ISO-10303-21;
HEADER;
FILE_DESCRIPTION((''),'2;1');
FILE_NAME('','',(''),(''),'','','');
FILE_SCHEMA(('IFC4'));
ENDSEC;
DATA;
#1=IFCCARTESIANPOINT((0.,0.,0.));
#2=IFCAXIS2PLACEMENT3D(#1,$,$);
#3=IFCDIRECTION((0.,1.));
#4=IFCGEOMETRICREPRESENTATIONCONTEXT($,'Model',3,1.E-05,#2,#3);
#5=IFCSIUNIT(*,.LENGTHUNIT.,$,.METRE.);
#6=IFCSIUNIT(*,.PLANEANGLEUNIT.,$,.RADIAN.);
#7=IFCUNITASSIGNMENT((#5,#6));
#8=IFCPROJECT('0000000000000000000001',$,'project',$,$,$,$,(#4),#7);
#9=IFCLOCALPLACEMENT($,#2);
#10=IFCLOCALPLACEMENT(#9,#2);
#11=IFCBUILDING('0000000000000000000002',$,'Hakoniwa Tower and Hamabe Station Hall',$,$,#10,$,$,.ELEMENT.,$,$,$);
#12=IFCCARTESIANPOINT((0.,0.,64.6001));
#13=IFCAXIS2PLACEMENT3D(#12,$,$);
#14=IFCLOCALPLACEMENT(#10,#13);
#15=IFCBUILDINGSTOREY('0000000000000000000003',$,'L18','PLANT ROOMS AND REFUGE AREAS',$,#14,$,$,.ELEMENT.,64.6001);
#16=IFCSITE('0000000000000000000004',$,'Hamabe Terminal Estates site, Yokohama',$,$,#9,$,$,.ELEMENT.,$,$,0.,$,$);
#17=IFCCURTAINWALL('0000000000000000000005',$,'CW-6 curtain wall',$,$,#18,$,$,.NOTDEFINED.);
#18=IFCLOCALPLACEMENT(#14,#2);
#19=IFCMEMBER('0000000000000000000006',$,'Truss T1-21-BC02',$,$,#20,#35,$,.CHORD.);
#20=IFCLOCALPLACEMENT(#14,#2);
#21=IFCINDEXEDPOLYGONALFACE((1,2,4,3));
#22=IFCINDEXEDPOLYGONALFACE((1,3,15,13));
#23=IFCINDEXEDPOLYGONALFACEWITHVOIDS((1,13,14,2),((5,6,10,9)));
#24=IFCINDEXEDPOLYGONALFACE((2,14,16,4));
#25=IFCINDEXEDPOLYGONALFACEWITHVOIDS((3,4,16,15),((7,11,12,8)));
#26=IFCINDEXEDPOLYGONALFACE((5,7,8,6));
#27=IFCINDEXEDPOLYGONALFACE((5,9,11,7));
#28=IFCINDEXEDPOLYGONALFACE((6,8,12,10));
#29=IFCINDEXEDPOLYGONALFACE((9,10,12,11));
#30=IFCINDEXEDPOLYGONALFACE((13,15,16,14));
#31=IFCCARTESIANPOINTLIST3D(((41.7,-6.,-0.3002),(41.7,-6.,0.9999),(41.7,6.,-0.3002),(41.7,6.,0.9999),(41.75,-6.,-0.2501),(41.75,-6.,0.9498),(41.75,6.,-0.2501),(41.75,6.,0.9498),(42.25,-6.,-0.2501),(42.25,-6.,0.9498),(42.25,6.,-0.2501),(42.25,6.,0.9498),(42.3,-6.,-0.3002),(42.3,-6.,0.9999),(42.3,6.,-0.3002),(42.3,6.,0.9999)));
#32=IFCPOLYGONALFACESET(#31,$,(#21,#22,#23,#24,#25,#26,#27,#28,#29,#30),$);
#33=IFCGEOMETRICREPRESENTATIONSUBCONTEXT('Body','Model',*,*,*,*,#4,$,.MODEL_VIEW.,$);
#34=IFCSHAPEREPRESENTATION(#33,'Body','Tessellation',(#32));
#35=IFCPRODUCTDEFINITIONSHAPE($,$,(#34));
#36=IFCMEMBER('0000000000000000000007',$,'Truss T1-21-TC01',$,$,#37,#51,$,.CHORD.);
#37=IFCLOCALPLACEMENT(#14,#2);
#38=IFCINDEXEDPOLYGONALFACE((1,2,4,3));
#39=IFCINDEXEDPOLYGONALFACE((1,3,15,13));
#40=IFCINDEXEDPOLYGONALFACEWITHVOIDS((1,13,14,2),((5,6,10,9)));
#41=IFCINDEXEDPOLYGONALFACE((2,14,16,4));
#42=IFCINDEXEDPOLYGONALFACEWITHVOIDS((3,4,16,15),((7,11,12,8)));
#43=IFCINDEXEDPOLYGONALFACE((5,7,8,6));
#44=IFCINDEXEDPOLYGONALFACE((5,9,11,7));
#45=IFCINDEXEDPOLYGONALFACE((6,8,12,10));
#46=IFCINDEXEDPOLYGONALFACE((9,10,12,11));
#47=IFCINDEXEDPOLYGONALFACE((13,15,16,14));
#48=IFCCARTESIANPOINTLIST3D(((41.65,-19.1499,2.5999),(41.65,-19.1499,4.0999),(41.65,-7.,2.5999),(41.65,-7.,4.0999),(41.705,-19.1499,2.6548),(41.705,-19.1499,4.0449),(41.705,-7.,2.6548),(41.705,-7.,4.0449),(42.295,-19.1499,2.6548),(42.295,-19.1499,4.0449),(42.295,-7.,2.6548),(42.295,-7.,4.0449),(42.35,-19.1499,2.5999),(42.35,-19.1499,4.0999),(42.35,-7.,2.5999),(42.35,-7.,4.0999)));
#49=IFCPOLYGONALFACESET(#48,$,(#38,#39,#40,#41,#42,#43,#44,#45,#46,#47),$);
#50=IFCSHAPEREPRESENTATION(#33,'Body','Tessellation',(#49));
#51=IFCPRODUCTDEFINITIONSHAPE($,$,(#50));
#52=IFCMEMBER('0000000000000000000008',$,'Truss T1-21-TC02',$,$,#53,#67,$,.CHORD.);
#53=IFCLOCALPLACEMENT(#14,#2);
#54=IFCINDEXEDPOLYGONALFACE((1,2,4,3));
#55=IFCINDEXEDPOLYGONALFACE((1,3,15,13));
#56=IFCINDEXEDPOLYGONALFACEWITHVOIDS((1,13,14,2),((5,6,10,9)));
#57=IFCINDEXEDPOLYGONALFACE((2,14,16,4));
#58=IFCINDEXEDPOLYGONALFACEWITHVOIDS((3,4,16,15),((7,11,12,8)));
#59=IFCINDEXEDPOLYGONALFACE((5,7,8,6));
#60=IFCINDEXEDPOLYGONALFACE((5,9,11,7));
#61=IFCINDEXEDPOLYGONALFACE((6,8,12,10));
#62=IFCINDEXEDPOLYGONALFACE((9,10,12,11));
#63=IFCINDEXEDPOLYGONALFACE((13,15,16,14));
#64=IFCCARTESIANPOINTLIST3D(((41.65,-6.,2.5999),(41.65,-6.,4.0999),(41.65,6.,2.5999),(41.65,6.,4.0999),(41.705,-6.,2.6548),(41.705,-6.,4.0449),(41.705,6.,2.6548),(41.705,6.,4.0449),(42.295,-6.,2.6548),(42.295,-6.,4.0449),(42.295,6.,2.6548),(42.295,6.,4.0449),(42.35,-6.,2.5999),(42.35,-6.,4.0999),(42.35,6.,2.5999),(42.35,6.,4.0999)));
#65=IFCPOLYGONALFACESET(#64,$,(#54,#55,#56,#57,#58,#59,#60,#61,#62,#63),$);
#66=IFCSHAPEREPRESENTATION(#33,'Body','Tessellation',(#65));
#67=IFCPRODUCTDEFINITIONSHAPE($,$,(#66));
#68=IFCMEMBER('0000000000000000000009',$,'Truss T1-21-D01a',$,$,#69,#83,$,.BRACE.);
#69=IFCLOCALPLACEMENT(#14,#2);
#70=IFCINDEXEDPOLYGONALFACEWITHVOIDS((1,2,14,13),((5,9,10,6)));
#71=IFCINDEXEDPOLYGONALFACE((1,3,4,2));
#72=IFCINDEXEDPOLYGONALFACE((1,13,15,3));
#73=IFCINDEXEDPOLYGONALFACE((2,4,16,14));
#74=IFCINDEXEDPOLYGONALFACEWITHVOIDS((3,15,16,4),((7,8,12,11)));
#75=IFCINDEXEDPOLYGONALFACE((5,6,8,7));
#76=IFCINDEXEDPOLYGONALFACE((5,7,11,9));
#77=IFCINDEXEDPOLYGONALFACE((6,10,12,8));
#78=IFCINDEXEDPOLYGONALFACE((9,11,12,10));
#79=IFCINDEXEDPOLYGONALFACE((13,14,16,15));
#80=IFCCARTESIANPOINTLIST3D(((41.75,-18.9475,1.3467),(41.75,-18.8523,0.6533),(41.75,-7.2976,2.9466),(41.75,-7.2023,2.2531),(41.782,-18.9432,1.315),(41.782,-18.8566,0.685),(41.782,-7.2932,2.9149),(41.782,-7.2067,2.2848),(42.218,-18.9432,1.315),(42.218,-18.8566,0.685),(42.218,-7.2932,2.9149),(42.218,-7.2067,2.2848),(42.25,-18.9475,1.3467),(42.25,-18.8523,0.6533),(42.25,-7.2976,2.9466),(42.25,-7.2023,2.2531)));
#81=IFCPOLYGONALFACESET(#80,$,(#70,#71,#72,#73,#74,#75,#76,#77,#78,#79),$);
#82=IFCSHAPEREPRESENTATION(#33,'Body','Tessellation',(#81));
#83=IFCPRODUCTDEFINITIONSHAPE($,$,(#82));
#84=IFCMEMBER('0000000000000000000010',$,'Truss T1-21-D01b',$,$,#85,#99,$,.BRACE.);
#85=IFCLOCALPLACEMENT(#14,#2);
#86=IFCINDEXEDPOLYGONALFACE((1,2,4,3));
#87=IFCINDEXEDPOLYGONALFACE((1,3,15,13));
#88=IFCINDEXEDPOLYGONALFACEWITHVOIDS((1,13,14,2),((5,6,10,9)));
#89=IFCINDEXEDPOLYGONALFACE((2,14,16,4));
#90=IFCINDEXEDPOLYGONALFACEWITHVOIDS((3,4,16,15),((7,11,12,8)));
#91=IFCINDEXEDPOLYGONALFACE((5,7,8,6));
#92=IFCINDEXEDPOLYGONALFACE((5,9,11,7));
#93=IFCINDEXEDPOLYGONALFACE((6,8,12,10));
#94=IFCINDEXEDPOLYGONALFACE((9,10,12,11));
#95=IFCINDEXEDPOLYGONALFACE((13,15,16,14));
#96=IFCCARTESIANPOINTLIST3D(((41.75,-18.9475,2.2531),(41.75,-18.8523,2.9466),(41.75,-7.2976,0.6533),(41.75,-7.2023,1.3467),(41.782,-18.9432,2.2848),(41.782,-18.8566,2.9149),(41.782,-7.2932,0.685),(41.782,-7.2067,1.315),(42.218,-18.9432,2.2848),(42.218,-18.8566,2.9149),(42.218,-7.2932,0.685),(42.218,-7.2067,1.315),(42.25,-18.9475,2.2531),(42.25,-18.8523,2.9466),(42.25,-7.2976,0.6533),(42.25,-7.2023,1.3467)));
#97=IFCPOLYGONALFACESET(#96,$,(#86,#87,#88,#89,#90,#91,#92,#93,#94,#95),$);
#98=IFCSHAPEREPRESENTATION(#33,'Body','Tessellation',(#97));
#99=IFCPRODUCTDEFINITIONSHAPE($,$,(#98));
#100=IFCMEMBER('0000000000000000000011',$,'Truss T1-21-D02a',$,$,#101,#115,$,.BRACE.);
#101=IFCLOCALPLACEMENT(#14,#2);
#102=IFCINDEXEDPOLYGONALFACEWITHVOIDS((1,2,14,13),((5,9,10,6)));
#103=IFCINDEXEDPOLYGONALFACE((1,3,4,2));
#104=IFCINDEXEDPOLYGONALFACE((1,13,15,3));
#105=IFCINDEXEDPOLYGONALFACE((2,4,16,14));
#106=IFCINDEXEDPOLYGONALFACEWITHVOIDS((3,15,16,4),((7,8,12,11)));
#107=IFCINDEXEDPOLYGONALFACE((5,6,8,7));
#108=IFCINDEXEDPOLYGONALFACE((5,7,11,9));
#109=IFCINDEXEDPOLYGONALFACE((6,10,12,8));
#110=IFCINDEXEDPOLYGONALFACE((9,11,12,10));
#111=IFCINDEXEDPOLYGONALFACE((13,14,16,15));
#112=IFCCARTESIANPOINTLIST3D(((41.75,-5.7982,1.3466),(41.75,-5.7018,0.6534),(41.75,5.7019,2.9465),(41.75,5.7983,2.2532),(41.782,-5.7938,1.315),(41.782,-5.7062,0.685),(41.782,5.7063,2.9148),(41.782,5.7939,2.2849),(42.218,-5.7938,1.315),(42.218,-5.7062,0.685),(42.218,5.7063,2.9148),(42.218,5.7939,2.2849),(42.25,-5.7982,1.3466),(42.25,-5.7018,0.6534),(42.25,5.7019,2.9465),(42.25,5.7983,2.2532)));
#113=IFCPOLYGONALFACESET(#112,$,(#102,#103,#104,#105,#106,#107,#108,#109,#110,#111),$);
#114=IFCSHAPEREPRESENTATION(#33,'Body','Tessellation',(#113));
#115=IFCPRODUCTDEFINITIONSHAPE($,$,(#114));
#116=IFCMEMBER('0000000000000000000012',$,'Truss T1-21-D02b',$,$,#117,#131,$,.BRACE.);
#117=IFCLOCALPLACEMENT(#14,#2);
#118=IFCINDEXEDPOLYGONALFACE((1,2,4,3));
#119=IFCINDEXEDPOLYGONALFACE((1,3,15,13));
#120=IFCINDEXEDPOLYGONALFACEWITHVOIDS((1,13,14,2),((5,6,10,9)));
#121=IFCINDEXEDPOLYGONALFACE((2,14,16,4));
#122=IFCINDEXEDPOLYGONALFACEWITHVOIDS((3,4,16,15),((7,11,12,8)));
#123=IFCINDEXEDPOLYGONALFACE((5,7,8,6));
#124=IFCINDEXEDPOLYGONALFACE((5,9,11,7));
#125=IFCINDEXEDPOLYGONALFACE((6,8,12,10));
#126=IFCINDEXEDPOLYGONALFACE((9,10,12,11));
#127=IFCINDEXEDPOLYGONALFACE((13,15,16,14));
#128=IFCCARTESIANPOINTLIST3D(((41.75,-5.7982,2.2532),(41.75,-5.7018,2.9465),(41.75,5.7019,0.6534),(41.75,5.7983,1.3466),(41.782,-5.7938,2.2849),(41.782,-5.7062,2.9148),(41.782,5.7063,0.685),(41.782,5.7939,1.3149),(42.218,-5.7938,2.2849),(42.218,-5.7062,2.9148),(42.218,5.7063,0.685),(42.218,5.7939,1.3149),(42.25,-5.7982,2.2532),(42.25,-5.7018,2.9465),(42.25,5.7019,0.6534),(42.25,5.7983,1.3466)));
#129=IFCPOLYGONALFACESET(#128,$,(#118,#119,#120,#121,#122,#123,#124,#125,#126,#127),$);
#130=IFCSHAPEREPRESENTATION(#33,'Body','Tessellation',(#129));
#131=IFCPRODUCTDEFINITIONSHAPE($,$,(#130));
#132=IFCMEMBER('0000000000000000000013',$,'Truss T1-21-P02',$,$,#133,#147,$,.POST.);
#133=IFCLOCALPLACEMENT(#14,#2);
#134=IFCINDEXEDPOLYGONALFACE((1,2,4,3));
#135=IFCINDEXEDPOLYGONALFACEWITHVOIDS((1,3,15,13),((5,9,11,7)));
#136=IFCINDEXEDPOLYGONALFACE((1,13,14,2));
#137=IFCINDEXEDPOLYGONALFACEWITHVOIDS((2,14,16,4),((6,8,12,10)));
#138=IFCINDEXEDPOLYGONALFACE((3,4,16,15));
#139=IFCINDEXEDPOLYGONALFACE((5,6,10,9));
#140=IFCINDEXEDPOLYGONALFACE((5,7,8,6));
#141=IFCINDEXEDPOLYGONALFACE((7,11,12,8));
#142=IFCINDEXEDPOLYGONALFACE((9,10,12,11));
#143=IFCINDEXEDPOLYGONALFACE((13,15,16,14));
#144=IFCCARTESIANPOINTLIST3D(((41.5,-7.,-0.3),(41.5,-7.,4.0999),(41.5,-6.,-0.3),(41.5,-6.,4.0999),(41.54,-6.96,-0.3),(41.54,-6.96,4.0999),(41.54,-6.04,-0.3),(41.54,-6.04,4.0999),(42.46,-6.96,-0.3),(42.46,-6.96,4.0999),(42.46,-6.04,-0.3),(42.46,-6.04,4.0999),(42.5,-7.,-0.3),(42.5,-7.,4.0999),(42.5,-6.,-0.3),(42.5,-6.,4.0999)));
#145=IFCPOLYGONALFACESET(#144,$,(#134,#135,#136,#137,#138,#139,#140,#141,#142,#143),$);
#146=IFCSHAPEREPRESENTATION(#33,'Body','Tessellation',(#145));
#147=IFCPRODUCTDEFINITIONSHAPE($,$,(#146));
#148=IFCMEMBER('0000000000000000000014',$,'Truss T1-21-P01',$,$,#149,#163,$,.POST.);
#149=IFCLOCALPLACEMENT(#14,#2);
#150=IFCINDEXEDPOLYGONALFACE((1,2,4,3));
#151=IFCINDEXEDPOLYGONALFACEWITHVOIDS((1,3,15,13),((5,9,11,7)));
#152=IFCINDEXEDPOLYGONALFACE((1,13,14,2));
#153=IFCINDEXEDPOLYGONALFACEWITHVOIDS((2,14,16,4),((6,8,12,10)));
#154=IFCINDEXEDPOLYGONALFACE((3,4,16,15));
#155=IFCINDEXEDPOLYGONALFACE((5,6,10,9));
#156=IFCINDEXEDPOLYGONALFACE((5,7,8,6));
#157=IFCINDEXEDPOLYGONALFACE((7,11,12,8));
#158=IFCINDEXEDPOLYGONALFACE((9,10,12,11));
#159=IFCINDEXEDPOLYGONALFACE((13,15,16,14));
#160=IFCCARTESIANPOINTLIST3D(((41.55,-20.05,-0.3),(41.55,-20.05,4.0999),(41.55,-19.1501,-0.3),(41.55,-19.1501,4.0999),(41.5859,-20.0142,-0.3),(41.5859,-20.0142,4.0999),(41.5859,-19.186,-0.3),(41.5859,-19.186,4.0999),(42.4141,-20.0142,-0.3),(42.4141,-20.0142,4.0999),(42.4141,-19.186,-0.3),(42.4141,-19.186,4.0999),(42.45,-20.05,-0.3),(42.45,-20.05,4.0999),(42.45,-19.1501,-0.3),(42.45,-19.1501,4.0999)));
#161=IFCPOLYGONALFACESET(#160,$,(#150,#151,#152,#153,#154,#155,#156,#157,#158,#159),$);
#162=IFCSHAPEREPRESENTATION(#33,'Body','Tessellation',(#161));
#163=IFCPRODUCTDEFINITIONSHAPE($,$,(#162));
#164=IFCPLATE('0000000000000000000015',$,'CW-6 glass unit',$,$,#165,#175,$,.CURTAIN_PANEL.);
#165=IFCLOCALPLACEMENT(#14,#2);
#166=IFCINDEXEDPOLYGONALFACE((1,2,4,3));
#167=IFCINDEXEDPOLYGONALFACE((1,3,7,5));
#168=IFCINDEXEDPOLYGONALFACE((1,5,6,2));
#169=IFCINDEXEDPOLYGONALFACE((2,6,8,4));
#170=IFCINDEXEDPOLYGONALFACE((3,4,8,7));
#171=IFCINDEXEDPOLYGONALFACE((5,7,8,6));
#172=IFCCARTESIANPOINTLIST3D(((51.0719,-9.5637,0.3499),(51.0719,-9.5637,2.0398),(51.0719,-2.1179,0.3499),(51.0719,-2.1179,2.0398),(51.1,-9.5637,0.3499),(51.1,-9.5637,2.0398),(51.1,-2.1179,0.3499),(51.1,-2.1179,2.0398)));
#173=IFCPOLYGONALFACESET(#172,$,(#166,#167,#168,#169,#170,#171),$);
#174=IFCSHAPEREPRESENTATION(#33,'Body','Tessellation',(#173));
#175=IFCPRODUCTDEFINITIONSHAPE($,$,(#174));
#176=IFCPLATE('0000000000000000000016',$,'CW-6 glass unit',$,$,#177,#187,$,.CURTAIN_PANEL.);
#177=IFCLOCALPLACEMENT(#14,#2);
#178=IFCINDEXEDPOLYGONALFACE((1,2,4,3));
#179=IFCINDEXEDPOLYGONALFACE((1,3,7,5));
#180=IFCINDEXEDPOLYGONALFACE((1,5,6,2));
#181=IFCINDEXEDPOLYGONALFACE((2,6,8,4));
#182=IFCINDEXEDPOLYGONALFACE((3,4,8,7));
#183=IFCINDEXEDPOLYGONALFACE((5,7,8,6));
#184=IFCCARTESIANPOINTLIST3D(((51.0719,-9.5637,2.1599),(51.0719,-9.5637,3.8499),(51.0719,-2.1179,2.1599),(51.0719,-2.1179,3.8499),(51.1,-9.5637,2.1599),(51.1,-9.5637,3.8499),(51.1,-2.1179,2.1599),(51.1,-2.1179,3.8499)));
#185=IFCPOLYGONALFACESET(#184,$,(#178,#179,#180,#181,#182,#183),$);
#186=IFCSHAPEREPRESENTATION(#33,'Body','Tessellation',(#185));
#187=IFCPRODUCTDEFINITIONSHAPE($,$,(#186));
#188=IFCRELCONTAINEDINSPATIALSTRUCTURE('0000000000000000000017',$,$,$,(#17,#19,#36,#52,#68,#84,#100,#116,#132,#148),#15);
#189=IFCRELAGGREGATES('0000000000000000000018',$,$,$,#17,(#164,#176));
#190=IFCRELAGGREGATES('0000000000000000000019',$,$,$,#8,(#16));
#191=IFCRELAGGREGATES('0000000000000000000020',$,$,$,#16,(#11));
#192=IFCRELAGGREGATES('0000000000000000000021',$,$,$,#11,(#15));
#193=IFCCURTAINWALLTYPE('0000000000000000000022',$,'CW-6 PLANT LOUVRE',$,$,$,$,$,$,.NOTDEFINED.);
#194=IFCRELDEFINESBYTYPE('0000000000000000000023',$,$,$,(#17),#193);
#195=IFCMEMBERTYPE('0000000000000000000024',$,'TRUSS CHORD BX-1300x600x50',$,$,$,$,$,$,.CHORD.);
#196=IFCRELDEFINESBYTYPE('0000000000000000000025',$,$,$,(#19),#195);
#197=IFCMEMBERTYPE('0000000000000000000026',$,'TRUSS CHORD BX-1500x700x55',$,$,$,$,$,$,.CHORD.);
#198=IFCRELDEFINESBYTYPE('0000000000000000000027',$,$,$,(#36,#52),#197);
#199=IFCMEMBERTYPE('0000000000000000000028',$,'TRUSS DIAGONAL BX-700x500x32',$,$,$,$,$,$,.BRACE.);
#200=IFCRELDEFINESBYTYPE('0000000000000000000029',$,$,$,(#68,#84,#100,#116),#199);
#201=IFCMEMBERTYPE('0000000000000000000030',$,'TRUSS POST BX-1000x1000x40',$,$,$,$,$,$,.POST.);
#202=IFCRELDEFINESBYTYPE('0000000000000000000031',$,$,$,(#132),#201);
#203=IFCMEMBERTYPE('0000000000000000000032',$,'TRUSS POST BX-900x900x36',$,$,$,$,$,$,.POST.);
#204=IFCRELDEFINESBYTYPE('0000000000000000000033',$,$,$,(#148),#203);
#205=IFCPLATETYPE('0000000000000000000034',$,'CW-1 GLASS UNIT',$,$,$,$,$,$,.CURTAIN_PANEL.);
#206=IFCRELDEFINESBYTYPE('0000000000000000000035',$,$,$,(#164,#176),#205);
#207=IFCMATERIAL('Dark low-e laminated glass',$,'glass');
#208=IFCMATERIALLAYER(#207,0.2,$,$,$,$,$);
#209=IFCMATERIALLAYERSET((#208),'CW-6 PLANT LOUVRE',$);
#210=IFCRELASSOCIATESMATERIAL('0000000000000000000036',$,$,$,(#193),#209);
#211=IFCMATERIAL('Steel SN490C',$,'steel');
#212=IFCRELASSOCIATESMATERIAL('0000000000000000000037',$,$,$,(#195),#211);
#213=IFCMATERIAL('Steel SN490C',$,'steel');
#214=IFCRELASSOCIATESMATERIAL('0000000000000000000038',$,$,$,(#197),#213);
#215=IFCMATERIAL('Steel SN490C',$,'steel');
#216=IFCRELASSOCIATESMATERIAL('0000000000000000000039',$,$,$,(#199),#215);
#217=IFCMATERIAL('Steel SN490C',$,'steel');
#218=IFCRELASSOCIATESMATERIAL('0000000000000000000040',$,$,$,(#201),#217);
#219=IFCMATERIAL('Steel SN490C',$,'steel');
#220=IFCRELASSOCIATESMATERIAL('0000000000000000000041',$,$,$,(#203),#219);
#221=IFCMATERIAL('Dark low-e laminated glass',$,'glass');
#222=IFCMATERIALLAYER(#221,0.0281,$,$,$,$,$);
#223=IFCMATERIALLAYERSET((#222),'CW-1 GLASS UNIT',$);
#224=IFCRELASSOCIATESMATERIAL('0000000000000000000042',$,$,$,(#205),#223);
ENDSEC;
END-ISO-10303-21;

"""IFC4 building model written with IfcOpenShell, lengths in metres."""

from ifc_helpers import new_model, si_unit, direction, frame, origin, origin_2d, place, context, subcontext, project, spatial, rectangle, hollow_rectangle, extrude, material, layer, layer_set, material_profile, profile_set, type_object, element, aggregate, save


model = new_model("IFC4")

# Units and contexts
model_context = context("Model", 3, precision=1e-05, world=origin(), true_north=direction((0.0, 1.0)))
body_context = subcontext(model_context, "Body", "Model", "MODEL_VIEW")
ifc_project = project(units=[si_unit("LENGTHUNIT", "METRE"), si_unit("PLANEANGLEUNIT", "RADIAN")], contexts=[model_context])

# Site, building, storey
site_placement = place(None, origin())
site = spatial("IfcSite", under=ifc_project, at=site_placement, Name="Hamabe Terminal Estates site, Yokohama", CompositionType="ELEMENT", RefElevation=0.0)
building_placement = place(site_placement, origin())
building = spatial("IfcBuilding", under=site, at=building_placement, Name="Hakoniwa Tower and Hamabe Station Hall", CompositionType="ELEMENT")
storey_placement = place(building_placement, frame((0.0, 0.0, 64.6001)))
storey = spatial("IfcBuildingStorey", under=building, at=storey_placement, Name="L18", Description="PLANT ROOMS AND REFUGE AREAS", CompositionType="ELEMENT", Elevation=64.6001)

# Curtain wall
ifc_material_1 = material(Name="Dark low-e laminated glass", Category="glass")
ifc_layer_1 = layer(ifc_material_1, 0.2)
ifc_layer_set_1 = layer_set([ifc_layer_1], Name="CW-6 PLANT LOUVRE")
curtain_wall_type = type_object("IfcCurtainWallType", Name="CW-6 PLANT LOUVRE", PredefinedType="NOTDEFINED", material=ifc_layer_set_1)
curtain_wall_1_placement = place(storey_placement, origin())
curtain_wall_1 = element("IfcCurtainWall", 1, at=curtain_wall_1_placement, inside=storey, type_object=curtain_wall_type, Name="CW-6 curtain wall", PredefinedType="NOTDEFINED")

# Members
ifc_material_2 = material(Name="Steel SN490C", Category="steel")
ifc_material_profile_1 = material_profile(ifc_material_2, hollow_rectangle(XDim=0.6001, YDim=1.3, WallThickness=0.05, at=origin_2d()), Name="BX-1300x600x50")
ifc_profile_set_1 = profile_set([ifc_material_profile_1], Name="Steel SN490C")
member_type_1 = type_object("IfcMemberType", Name="TRUSS CHORD BX-1300x600x50", PredefinedType="CHORD", material=ifc_profile_set_1)
member_1_placement = place(storey_placement, frame((42.0, -6.0, 0.3499), z_axis=(0.0, 1.0, 0.0), x_axis=(-1.0, 0.0, 0.0)))
element("IfcMember", 2, at=member_1_placement, inside=storey, type_object=member_type_1, Name="Truss T1-21-BC02", PredefinedType="CHORD", context=body_context, shape_type="SweptSolid", body=[
    extrude(hollow_rectangle(XDim=0.6001, YDim=1.3, WallThickness=0.05, at=origin_2d()), origin(), (0.0, 0.0, 1.0), 12.0),
])
ifc_material_3 = material(Name="Steel SN490C", Category="steel")
ifc_material_profile_2 = material_profile(ifc_material_3, hollow_rectangle(XDim=0.7, YDim=1.5, WallThickness=0.0549, at=origin_2d()), Name="BX-1500x700x55")
ifc_profile_set_2 = profile_set([ifc_material_profile_2], Name="Steel SN490C")
member_type_2 = type_object("IfcMemberType", Name="TRUSS CHORD BX-1500x700x55", PredefinedType="CHORD", material=ifc_profile_set_2)
member_2_placement = place(storey_placement, frame((42.0, -19.1499, 3.3499), z_axis=(0.0, 1.0, 0.0), x_axis=(-1.0, 0.0, 0.0)))
element("IfcMember", 3, at=member_2_placement, inside=storey, type_object=member_type_2, Name="Truss T1-21-TC01", PredefinedType="CHORD", context=body_context, shape_type="SweptSolid", body=[
    extrude(hollow_rectangle(XDim=0.7, YDim=1.5, WallThickness=0.0549, at=origin_2d()), origin(), (0.0, 0.0, 1.0), 12.1499),
])
member_3_placement = place(storey_placement, frame((42.0, -6.0, 3.3499), z_axis=(0.0, 1.0, 0.0), x_axis=(-1.0, 0.0, 0.0)))
element("IfcMember", 4, at=member_3_placement, inside=storey, type_object=member_type_2, Name="Truss T1-21-TC02", PredefinedType="CHORD", context=body_context, shape_type="SweptSolid", body=[
    extrude(hollow_rectangle(XDim=0.7, YDim=1.5, WallThickness=0.0549, at=origin_2d()), origin(), (0.0, 0.0, 1.0), 12.0),
])
ifc_material_4 = material(Name="Steel SN490C", Category="steel")
ifc_material_profile_3 = material_profile(ifc_material_4, hollow_rectangle(XDim=0.5, YDim=0.7, WallThickness=0.032, at=origin_2d()), Name="BX-700x500x32")
ifc_profile_set_3 = profile_set([ifc_material_profile_3], Name="Steel SN490C")
member_type_3 = type_object("IfcMemberType", Name="TRUSS DIAGONAL BX-700x500x32", PredefinedType="BRACE", material=ifc_profile_set_3)
for number, where, z_axis, x_axis, name in (
    (5, (42.0, -18.8999, 1.0), (0.0, 0.990702, 0.136051), (-1.0, 0.0, 0.0), "Truss T1-21-D01a"),
    (6, (42.0, -18.8999, 2.5999), (0.0, 0.990702, -0.136051), (-1.0, 0.0, 0.0), "Truss T1-21-D01b"),
):
    element("IfcMember", number, at=place(storey_placement, frame(where, z_axis=z_axis, x_axis=x_axis)), inside=storey, type_object=member_type_3, Name=name, PredefinedType="BRACE", context=body_context, shape_type="SweptSolid", body=[
        extrude(hollow_rectangle(XDim=0.5, YDim=0.7, WallThickness=0.032, at=origin_2d()), origin(), (0.0, 0.0, 1.0), 11.7593),
    ])
for number, where, z_axis, x_axis, name in (
    (7, (42.0, -5.75, 1.0), (0.0, 0.990461, 0.137791), (-1.0, 0.0, 0.0), "Truss T1-21-D02a"),
    (8, (42.0, -5.75, 2.5999), (0.0, 0.990461, -0.137791), (-1.0, 0.0, 0.0), "Truss T1-21-D02b"),
):
    element("IfcMember", number, at=place(storey_placement, frame(where, z_axis=z_axis, x_axis=x_axis)), inside=storey, type_object=member_type_3, Name=name, PredefinedType="BRACE", context=body_context, shape_type="SweptSolid", body=[
        extrude(hollow_rectangle(XDim=0.5, YDim=0.7, WallThickness=0.032, at=origin_2d()), origin(), (0.0, 0.0, 1.0), 11.6108),
    ])
ifc_material_5 = material(Name="Steel SN490C", Category="steel")
ifc_material_profile_4 = material_profile(ifc_material_5, hollow_rectangle(XDim=1.0, YDim=1.0, WallThickness=0.04, at=origin_2d()), Name="BX-1000x1000x40")
ifc_profile_set_4 = profile_set([ifc_material_profile_4], Name="Steel SN490C")
member_type_4 = type_object("IfcMemberType", Name="TRUSS POST BX-1000x1000x40", PredefinedType="POST", material=ifc_profile_set_4)
member_4_placement = place(storey_placement, frame((42.0, -6.5, -0.3), z_axis=(0.0, 0.0, 1.0), x_axis=(1.0, 0.0, 0.0)))
element("IfcMember", 9, at=member_4_placement, inside=storey, type_object=member_type_4, Name="Truss T1-21-P02", PredefinedType="POST", context=body_context, shape_type="SweptSolid", body=[
    extrude(hollow_rectangle(XDim=1.0, YDim=1.0, WallThickness=0.04, at=origin_2d()), origin(), (0.0, 0.0, 1.0), 4.3999),
])
ifc_material_6 = material(Name="Steel SN490C", Category="steel")
ifc_material_profile_5 = material_profile(ifc_material_6, hollow_rectangle(XDim=0.8999, YDim=0.8999, WallThickness=0.0359, at=origin_2d()), Name="BX-900x900x36")
ifc_profile_set_5 = profile_set([ifc_material_profile_5], Name="Steel SN490C")
member_type_5 = type_object("IfcMemberType", Name="TRUSS POST BX-900x900x36", PredefinedType="POST", material=ifc_profile_set_5)
member_5_placement = place(storey_placement, frame((42.0, -19.6001, -0.3), z_axis=(0.0, 0.0, 1.0), x_axis=(1.0, 0.0, 0.0)))
element("IfcMember", 10, at=member_5_placement, inside=storey, type_object=member_type_5, Name="Truss T1-21-P01", PredefinedType="POST", context=body_context, shape_type="SweptSolid", body=[
    extrude(hollow_rectangle(XDim=0.8999, YDim=0.8999, WallThickness=0.0359, at=origin_2d()), origin(), (0.0, 0.0, 1.0), 4.3999),
])

# Plates
ifc_material_7 = material(Name="Dark low-e laminated glass", Category="glass")
ifc_layer_2 = layer(ifc_material_7, 0.0281)
ifc_layer_set_2 = layer_set([ifc_layer_2], Name="CW-1 GLASS UNIT")
plate_type = type_object("IfcPlateType", Name="CW-1 GLASS UNIT", PredefinedType="CURTAIN_PANEL", material=ifc_layer_set_2)
plate_1_placement = place(storey_placement, frame((51.0859, -5.8408, 0.3499), z_axis=(0.0, 0.0, 1.0), x_axis=(0.0, 1.0, 0.0)))
plate_1 = element("IfcPlate", 11, at=plate_1_placement, type_object=plate_type, Name="CW-6 glass unit", PredefinedType="CURTAIN_PANEL", context=body_context, shape_type="SweptSolid", body=[
    extrude(rectangle(XDim=7.4458, YDim=0.0281, at=origin_2d()), origin(), (0.0, 0.0, 1.0), 1.6899),
])
plate_2_placement = place(storey_placement, frame((51.0859, -5.8408, 2.1599), z_axis=(0.0, 0.0, 1.0), x_axis=(0.0, 1.0, 0.0)))
plate_2 = element("IfcPlate", 12, at=plate_2_placement, type_object=plate_type, Name="CW-6 glass unit", PredefinedType="CURTAIN_PANEL", context=body_context, shape_type="SweptSolid", body=[
    extrude(rectangle(XDim=7.4458, YDim=0.0281, at=origin_2d()), origin(), (0.0, 0.0, 1.0), 1.6899),
])

aggregate(curtain_wall_1, [plate_1, plate_2])

save(model, "model.ifc")
